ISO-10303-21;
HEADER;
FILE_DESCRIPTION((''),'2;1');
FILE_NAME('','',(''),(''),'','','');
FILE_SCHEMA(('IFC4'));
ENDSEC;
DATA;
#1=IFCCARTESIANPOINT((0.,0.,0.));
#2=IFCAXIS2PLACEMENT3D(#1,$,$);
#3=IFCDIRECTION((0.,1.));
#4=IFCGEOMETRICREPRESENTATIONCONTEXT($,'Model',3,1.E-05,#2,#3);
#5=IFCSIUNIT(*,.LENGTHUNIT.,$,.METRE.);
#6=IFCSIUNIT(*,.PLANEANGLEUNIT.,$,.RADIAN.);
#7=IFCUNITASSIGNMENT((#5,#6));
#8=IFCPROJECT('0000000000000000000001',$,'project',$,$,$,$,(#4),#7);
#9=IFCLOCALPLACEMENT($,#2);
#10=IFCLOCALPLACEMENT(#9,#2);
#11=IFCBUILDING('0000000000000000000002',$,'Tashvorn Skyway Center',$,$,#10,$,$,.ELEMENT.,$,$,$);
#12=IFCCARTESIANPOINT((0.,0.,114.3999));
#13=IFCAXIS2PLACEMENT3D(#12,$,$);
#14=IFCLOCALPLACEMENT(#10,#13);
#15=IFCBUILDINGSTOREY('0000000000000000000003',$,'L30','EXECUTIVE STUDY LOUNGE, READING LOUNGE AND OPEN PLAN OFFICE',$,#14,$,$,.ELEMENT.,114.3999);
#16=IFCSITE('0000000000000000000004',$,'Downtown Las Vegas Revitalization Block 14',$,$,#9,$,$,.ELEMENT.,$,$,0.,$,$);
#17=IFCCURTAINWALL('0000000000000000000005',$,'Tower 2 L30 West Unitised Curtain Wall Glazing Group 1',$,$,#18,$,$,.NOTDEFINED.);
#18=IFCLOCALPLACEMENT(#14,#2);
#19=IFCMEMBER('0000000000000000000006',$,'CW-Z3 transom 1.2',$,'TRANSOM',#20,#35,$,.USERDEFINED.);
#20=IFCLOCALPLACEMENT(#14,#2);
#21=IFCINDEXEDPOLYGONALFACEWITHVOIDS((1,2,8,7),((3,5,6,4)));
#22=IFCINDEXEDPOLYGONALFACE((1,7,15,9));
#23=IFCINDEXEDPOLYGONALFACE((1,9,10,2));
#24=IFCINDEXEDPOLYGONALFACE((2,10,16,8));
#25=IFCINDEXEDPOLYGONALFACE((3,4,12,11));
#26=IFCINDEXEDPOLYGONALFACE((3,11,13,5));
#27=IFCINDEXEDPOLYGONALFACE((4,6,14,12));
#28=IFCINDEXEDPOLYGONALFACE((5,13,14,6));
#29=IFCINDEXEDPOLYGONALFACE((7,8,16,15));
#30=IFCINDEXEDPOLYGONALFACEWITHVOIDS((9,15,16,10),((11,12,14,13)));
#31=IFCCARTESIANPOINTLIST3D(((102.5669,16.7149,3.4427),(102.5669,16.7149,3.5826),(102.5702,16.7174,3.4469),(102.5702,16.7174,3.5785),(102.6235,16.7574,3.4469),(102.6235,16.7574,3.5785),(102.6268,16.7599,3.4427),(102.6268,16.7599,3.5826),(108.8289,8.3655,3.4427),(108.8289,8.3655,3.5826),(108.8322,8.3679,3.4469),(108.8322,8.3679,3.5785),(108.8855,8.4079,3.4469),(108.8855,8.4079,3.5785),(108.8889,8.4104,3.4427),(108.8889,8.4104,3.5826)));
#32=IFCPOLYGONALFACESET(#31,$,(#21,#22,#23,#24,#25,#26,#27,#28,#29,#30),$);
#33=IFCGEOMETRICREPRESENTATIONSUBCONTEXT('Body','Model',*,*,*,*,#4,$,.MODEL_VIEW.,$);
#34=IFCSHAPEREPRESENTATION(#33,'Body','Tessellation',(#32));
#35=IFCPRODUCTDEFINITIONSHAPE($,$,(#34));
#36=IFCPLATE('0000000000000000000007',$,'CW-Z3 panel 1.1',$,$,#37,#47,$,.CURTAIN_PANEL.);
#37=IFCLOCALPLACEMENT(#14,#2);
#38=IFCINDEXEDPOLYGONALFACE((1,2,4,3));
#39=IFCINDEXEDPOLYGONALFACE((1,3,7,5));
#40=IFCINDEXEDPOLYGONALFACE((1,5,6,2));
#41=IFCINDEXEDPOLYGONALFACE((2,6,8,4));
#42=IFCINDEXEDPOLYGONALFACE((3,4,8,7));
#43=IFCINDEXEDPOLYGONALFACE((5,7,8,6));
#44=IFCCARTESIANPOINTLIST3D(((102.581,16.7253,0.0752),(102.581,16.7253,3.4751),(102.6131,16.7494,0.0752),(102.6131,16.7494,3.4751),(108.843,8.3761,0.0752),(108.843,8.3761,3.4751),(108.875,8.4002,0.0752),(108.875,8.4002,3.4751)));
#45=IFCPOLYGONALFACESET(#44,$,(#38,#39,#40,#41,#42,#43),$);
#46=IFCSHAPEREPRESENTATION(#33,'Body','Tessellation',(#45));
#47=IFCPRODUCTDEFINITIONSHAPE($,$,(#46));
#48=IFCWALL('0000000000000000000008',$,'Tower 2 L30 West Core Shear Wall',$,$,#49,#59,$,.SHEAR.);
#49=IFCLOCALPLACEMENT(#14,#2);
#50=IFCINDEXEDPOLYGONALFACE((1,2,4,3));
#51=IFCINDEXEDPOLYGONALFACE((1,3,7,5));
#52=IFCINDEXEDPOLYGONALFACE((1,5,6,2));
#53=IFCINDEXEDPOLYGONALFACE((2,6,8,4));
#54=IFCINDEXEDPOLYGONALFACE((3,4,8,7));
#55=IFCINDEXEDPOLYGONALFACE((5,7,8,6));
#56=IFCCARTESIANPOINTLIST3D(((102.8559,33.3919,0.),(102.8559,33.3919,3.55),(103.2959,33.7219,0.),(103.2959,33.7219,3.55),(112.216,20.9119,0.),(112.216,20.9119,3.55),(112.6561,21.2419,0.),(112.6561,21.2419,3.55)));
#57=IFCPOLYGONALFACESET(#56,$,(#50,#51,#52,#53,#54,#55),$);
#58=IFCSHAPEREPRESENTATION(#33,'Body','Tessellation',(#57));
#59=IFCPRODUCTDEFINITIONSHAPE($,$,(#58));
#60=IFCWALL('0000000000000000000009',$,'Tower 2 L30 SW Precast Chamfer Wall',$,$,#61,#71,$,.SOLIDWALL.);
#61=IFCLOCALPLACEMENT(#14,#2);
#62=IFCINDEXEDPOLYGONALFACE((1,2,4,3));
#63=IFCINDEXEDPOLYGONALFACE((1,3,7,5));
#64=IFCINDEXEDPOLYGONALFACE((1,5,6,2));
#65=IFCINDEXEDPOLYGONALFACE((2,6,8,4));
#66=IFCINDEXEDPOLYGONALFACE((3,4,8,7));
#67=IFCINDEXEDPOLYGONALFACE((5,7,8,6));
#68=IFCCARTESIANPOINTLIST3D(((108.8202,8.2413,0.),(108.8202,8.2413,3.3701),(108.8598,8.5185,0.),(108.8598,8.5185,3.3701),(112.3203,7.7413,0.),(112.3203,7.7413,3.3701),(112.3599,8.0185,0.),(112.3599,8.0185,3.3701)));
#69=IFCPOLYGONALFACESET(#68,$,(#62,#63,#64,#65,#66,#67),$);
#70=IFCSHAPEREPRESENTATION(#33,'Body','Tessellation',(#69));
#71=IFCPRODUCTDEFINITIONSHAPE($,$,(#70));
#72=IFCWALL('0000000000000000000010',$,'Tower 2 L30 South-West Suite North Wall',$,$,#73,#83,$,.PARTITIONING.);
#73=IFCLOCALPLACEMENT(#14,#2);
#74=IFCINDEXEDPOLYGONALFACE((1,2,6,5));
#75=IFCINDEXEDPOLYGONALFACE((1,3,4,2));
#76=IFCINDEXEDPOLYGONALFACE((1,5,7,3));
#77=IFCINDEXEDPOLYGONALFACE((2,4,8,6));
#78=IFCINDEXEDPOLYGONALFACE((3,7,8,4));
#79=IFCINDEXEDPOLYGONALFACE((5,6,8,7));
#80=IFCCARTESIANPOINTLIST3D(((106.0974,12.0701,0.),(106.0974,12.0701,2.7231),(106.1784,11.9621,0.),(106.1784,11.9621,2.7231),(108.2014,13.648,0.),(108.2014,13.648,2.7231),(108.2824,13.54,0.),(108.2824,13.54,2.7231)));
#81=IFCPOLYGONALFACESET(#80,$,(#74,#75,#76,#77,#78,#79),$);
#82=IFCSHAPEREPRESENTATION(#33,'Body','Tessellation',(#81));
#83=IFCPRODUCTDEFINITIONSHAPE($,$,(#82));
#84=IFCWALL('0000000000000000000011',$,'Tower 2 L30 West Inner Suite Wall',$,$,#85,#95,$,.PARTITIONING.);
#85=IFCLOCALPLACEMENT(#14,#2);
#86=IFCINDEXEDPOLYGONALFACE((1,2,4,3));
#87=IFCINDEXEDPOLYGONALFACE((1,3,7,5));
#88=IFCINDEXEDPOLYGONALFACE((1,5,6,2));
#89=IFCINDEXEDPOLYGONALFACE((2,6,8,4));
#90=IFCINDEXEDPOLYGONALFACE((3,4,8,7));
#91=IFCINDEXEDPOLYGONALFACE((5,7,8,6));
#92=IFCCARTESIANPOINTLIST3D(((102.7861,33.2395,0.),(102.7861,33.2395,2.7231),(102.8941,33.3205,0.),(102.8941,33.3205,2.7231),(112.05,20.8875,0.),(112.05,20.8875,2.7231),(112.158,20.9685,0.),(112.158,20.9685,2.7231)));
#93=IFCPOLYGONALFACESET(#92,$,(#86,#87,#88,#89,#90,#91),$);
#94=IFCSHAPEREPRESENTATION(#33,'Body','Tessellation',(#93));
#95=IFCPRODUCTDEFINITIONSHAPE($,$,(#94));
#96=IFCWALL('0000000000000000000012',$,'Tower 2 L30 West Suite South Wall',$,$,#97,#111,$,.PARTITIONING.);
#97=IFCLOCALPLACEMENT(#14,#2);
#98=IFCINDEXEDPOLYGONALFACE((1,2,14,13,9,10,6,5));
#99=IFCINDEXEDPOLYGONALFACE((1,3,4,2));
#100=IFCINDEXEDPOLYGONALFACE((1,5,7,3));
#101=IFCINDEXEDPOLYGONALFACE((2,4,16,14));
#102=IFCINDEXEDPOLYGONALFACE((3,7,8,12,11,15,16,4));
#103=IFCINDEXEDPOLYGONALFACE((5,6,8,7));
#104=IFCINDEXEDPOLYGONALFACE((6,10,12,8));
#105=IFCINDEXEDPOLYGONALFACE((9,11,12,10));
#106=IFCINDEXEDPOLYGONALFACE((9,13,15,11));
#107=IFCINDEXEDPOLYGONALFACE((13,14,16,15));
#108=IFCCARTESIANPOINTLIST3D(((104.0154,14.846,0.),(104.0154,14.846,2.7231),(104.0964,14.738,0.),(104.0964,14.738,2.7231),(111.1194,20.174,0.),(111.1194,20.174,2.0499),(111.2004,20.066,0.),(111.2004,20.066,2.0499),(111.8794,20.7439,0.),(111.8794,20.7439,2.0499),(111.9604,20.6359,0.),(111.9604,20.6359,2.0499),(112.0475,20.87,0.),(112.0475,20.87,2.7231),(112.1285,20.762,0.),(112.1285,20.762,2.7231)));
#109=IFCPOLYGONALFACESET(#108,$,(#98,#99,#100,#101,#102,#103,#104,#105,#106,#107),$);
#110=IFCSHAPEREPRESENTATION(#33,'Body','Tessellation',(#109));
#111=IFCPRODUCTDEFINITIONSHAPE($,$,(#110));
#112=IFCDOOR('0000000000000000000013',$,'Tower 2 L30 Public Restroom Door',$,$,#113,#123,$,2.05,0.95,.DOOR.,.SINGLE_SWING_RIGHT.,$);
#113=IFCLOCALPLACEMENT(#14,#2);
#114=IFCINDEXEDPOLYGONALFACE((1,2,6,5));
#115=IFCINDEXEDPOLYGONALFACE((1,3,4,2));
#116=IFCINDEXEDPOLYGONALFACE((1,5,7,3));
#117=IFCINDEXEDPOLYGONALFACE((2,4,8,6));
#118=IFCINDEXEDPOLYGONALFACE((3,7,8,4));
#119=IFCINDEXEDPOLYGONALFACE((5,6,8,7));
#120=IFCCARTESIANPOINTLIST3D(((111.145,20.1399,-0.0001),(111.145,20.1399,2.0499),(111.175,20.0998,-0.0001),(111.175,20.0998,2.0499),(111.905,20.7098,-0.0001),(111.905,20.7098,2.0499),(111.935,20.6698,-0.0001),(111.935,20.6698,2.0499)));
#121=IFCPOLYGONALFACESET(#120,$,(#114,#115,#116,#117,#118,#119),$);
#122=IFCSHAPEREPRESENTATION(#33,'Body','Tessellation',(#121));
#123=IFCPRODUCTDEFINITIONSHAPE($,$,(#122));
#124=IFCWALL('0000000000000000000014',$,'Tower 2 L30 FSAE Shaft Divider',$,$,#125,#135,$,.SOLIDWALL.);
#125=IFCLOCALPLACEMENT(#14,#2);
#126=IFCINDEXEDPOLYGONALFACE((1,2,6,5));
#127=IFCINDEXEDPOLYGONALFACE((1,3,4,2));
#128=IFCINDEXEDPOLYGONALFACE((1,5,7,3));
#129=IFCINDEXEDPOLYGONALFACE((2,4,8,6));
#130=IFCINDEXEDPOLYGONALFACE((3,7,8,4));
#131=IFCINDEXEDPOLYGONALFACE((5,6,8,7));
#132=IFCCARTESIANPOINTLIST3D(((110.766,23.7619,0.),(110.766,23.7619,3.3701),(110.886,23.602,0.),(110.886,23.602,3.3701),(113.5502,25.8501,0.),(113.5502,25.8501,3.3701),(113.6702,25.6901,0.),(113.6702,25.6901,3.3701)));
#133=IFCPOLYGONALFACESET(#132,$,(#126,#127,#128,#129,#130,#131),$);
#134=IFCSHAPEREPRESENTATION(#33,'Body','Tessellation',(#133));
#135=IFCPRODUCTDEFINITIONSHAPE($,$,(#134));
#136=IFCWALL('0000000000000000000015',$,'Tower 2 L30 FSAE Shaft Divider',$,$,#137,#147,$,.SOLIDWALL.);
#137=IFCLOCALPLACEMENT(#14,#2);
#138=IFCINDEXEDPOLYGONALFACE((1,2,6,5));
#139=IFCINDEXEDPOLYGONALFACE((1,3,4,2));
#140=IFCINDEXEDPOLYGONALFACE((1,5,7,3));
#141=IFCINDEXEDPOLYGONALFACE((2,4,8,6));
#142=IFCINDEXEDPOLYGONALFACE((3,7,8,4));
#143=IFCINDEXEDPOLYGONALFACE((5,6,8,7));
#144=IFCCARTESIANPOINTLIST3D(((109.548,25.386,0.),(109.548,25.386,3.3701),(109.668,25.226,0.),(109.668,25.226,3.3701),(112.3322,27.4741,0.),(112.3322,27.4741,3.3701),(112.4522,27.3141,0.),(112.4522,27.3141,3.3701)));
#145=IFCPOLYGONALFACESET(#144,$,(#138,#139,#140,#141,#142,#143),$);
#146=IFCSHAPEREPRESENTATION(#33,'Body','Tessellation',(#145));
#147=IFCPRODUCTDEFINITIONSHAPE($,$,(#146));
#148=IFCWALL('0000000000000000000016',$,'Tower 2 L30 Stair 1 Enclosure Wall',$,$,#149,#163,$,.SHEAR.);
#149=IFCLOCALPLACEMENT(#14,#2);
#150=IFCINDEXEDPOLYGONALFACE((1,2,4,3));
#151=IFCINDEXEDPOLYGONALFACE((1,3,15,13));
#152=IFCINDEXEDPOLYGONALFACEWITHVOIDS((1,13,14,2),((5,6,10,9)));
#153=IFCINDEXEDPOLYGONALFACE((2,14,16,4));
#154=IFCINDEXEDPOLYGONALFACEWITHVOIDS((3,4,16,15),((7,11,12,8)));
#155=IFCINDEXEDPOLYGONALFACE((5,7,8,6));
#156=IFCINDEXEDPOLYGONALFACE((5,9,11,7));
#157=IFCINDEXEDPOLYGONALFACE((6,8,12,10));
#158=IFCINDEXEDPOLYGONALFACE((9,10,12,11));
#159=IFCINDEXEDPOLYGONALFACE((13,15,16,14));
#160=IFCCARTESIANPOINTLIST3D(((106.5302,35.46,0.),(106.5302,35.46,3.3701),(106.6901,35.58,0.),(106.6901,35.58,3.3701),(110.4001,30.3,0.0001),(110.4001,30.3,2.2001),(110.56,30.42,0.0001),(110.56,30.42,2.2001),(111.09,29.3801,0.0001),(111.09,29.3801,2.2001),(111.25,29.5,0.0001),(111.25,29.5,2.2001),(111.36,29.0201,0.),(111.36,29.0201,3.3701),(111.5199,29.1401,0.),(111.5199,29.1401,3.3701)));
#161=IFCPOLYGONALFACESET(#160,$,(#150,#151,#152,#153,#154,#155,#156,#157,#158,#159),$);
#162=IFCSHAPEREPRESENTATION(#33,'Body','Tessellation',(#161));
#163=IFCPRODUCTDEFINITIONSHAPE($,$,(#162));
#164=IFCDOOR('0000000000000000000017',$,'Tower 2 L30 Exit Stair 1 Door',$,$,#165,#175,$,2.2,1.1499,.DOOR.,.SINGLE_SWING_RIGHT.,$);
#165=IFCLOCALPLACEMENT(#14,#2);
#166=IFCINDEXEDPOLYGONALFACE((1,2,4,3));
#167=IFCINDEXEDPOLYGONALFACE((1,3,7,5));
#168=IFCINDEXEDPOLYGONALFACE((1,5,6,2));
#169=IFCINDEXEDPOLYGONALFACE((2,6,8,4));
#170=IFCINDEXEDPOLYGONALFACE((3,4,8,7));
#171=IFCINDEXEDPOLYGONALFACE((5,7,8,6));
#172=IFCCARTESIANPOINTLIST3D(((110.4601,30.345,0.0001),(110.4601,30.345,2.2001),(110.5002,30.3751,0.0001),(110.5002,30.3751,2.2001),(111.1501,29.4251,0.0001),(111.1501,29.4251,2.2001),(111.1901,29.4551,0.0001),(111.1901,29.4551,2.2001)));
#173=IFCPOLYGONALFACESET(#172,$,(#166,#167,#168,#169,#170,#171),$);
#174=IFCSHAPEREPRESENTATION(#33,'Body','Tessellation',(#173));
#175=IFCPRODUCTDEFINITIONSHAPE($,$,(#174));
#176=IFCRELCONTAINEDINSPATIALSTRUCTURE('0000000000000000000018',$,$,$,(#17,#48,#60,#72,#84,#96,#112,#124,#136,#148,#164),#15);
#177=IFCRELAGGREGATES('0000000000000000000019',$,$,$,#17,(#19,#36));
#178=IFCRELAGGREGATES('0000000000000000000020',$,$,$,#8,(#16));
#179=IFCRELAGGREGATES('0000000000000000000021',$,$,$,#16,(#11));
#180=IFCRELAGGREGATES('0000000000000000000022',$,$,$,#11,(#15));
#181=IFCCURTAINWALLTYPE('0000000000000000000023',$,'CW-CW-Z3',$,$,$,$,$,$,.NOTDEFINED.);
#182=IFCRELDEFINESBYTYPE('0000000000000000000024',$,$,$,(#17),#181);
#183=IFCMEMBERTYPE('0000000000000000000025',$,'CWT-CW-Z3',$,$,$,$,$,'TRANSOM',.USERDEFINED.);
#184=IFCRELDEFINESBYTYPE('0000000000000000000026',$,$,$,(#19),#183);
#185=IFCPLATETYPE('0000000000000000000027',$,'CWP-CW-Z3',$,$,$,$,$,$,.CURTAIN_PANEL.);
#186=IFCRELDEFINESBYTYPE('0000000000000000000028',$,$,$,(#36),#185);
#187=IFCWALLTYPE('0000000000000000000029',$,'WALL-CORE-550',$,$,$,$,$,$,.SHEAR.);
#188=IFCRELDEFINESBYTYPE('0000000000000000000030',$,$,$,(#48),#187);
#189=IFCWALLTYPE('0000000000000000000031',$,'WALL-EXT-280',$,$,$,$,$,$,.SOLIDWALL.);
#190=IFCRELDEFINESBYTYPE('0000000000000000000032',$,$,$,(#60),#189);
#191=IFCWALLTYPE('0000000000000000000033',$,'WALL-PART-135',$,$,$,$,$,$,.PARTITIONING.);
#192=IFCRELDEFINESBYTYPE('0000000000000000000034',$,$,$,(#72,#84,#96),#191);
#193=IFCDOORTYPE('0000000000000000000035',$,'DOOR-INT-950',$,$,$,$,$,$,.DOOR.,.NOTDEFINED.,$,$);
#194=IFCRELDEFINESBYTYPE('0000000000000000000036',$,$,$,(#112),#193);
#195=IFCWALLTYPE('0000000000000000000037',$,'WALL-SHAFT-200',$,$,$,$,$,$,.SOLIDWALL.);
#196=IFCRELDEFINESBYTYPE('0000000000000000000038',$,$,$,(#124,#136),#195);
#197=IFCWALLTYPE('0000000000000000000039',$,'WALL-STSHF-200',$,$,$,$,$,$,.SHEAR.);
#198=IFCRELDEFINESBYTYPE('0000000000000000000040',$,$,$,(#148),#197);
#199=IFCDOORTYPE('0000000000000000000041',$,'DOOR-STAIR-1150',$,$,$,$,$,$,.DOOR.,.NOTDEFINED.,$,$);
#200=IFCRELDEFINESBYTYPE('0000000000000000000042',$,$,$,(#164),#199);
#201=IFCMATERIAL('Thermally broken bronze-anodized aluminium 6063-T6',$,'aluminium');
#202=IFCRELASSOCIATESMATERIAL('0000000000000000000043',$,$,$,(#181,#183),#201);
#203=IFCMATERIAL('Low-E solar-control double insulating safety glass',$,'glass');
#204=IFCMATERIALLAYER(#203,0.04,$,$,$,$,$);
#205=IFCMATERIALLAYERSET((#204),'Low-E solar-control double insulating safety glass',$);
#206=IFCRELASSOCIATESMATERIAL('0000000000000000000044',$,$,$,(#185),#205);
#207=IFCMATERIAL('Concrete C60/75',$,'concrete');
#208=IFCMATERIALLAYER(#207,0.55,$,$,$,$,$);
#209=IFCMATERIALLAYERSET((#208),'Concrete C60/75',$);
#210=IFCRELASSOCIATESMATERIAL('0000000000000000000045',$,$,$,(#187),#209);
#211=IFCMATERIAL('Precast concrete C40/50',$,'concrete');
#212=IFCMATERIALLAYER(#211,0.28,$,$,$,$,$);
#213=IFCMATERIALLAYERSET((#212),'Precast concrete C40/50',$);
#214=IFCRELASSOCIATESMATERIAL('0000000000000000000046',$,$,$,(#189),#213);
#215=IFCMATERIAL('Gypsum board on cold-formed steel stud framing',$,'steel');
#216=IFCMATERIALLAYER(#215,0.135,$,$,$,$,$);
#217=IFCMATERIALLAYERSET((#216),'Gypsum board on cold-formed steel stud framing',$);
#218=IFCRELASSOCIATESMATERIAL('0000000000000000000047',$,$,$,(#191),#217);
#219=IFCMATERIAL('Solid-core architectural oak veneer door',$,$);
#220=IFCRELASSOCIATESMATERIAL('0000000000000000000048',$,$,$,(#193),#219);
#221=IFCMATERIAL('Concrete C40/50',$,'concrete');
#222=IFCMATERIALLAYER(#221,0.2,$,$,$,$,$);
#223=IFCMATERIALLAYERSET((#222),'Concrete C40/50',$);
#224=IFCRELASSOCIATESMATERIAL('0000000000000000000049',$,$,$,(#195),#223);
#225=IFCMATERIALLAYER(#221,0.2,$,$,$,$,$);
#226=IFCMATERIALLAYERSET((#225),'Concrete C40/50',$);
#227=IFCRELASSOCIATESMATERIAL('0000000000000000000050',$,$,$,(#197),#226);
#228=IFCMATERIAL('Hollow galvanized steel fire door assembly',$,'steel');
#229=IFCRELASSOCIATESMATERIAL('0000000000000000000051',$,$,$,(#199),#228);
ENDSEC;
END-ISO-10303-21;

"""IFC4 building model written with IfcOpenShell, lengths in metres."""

from ifc_helpers import new_model, si_unit, direction, frame, frame_2d, origin, origin_2d, place, context, subcontext, project, spatial, rectangle, hollow_rectangle, extrude, material, layer, layer_set, material_profile, profile_set, type_object, element, fill, aggregate, save


model = new_model("IFC4")

# Units and contexts
model_context = context("Model", 3, precision=1e-05, world=origin(), true_north=direction((0.0, 1.0)))
body_context = subcontext(model_context, "Body", "Model", "MODEL_VIEW")
ifc_project = project(units=[si_unit("LENGTHUNIT", "METRE"), si_unit("PLANEANGLEUNIT", "RADIAN")], contexts=[model_context])

# Site, building, storey
site_placement = place(None, origin())
site = spatial("IfcSite", under=ifc_project, at=site_placement, Name="Downtown Las Vegas Revitalization Block 14", CompositionType="ELEMENT", RefElevation=0.0)
building_placement = place(site_placement, origin())
building = spatial("IfcBuilding", under=site, at=building_placement, Name="Tashvorn Skyway Center", CompositionType="ELEMENT")
storey_placement = place(building_placement, frame((0.0, 0.0, 114.3999)))
storey = spatial("IfcBuildingStorey", under=building, at=storey_placement, Name="L30", Description="EXECUTIVE STUDY LOUNGE, READING LOUNGE AND OPEN PLAN OFFICE", CompositionType="ELEMENT", Elevation=114.3999)

# Shared definitions
ifc_material_1 = material(Name="Concrete C60/75", Category="concrete")

# Shared definitions
ifc_material_2 = material(Name="Thermally broken bronze-anodized aluminium 6063-T6", Category="aluminium")
curtain_wall_type = type_object("IfcCurtainWallType", Name="CW-CW-Z3", PredefinedType="NOTDEFINED", material=ifc_material_2)

# Curtain wall, member, plate
curtain_wall_1_placement = place(storey_placement, origin())
curtain_wall_1 = element("IfcCurtainWall", 1, at=curtain_wall_1_placement, inside=storey, type_object=curtain_wall_type, Name="Tower 2 L30 West Unitised Curtain Wall Glazing Group 1", PredefinedType="NOTDEFINED")
ifc_material_profile_1 = material_profile(ifc_material_2, hollow_rectangle(XDim=0.075, YDim=0.1399, WallThickness=0.0042, at=origin_2d()), Name="ALU-TRAN-75x140")
ifc_profile_set_1 = profile_set([ifc_material_profile_1], Name="Thermally broken bronze-anodized aluminium 6063-T6")
member_type_1 = type_object("IfcMemberType", Name="CWT-CW-Z3", ElementType="TRANSOM", PredefinedType="USERDEFINED", material=ifc_profile_set_1)
member_1_placement = place(storey_placement, frame((108.8589, 8.3879, 3.5127), z_axis=(-0.599996, 0.800003, 0.0), x_axis=(-0.800003, -0.599996, 0.0)))
member_1 = element("IfcMember", 2, at=member_1_placement, type_object=member_type_1, Name="CW-Z3 transom 1.2", ObjectType="TRANSOM", PredefinedType="USERDEFINED", context=body_context, shape_type="SweptSolid", body=[
    extrude(hollow_rectangle(XDim=0.075, YDim=0.1399, WallThickness=0.0042, at=origin_2d()), origin(), (0.0, 0.0, 1.0), 10.4368),
])
ifc_material_3 = material(Name="Low-E solar-control double insulating safety glass", Category="glass")
ifc_layer_1 = layer(ifc_material_3, 0.04)
ifc_layer_set_1 = layer_set([ifc_layer_1], Name="Low-E solar-control double insulating safety glass")
plate_type = type_object("IfcPlateType", Name="CWP-CW-Z3", PredefinedType="CURTAIN_PANEL", material=ifc_layer_set_1)
plate_placement = place(storey_placement, frame((105.728, 12.5627, 0.0752), z_axis=(0.0, 0.0, 1.0), x_axis=(-0.600002, 0.799999, 0.0)))
plate = element("IfcPlate", 3, at=plate_placement, type_object=plate_type, Name="CW-Z3 panel 1.1", PredefinedType="CURTAIN_PANEL", context=body_context, shape_type="SweptSolid", body=[
    extrude(rectangle(XDim=10.4365, YDim=0.04, at=origin_2d()), origin(), (0.0, 0.0, 1.0), 3.3999),
])
aggregate(curtain_wall_1, [member_1, plate])

# Walls
ifc_layer_2 = layer(ifc_material_1, 0.55)
ifc_layer_set_2 = layer_set([ifc_layer_2], Name="Concrete C60/75")
wall_type_1 = type_object("IfcWallType", Name="WALL-CORE-550", PredefinedType="SHEAR", material=ifc_layer_set_2)
wall_1_placement = place(storey_placement, frame((112.436, 21.0769, 0.0), z_axis=(0.0, 0.0, 1.0), x_axis=(-0.600005, 0.799996, 0.0)))
element("IfcWall", 4, at=wall_1_placement, inside=storey, type_object=wall_type_1, Name="Tower 2 L30 West Core Shear Wall", PredefinedType="SHEAR", context=body_context, shape_type="SweptSolid", body=[
    extrude(rectangle(XDim=15.6001, YDim=0.55, at=frame_2d((7.8, 0.0))), origin(), (0.0, 0.0, 1.0), 3.55),
])
ifc_material_4 = material(Name="Precast concrete C40/50", Category="concrete")
ifc_layer_3 = layer(ifc_material_4, 0.28)
ifc_layer_set_3 = layer_set([ifc_layer_3], Name="Precast concrete C40/50")
wall_type_2 = type_object("IfcWallType", Name="WALL-EXT-280", PredefinedType="SOLIDWALL", material=ifc_layer_set_3)
wall_2_placement = place(storey_placement, frame((112.3401, 7.8799, 0.0), z_axis=(0.0, 0.0, 1.0), x_axis=(-0.989949, 0.141421, 0.0)))
element("IfcWall", 5, at=wall_2_placement, inside=storey, type_object=wall_type_2, Name="Tower 2 L30 SW Precast Chamfer Wall", PredefinedType="SOLIDWALL", context=body_context, shape_type="SweptSolid", body=[
    extrude(rectangle(XDim=3.5356, YDim=0.28, at=frame_2d((1.7678, 0.0))), origin(), (0.0, 0.0, 1.0), 3.3701),
])
ifc_material_5 = material(Name="Gypsum board on cold-formed steel stud framing", Category="steel")
ifc_layer_4 = layer(ifc_material_5, 0.135)
ifc_layer_set_4 = layer_set([ifc_layer_4], Name="Gypsum board on cold-formed steel stud framing")
wall_type_3 = type_object("IfcWallType", Name="WALL-PART-135", PredefinedType="PARTITIONING", material=ifc_layer_set_4)
wall_3_placement = place(storey_placement, frame((106.1379, 12.0161, 0.0), z_axis=(0.0, 0.0, 1.0), x_axis=(0.800022, 0.59997, 0.0)))
element("IfcWall", 6, at=wall_3_placement, inside=storey, type_object=wall_type_3, Name="Tower 2 L30 South-West Suite North Wall", PredefinedType="PARTITIONING", context=body_context, shape_type="SweptSolid", body=[
    extrude(rectangle(XDim=2.6299, YDim=0.135, at=frame_2d((1.3149, 0.0))), origin(), (0.0, 0.0, 1.0), 2.7231),
])
wall_4_placement = place(storey_placement, frame((112.104, 20.928, 0.0), z_axis=(0.0, 0.0, 1.0), x_axis=(-0.599995, 0.800004, 0.0)))
element("IfcWall", 7, at=wall_4_placement, inside=storey, type_object=wall_type_3, Name="Tower 2 L30 West Inner Suite Wall", PredefinedType="PARTITIONING", context=body_context, shape_type="SweptSolid", body=[
    extrude(rectangle(XDim=15.4399, YDim=0.135, at=frame_2d((7.72, 0.0))), origin(), (0.0, 0.0, 1.0), 2.7231),
])

# Wall, opening, door
wall_5_placement = place(storey_placement, frame((104.0559, 14.792, 0.0), z_axis=(0.0, 0.0, 1.0), x_axis=(0.800003, 0.599996, 0.0)))
wall_5 = element("IfcWall", 8, at=wall_5_placement, inside=storey, type_object=wall_type_3, Name="Tower 2 L30 West Suite South Wall", PredefinedType="PARTITIONING", context=body_context, shape_type="SweptSolid", body=[
    extrude(rectangle(XDim=10.04, YDim=0.135, at=frame_2d((5.02, 0.0))), origin(), (0.0, 0.0, 1.0), 2.7231),
])
opening_1_placement = place(wall_5_placement, frame((8.8799, 0.0, 0.0)))
opening_1 = element("IfcOpeningElement", 9, at=opening_1_placement, cuts=wall_5, PredefinedType="OPENING", context=body_context, shape_type="SweptSolid", body=[
    extrude(rectangle(XDim=0.95, YDim=2.05, at=frame_2d((0.4751, 1.0249))), frame((0.0, 0.0774, 0.0), z_axis=(0.0, -1.0, 0.0), x_axis=(1.0, 0.0, 0.0)), (0.0, 0.0, 1.0), 0.155),
])
ifc_material_6 = material(Name="Solid-core architectural oak veneer door")
door_type_1 = type_object("IfcDoorType", Name="DOOR-INT-950", OperationType="NOTDEFINED", PredefinedType="DOOR", material=ifc_material_6)
door_1_placement = place(opening_1_placement, origin())
door_1 = element("IfcDoor", 10, at=door_1_placement, inside=storey, type_object=door_type_1, Name="Tower 2 L30 Public Restroom Door", OperationType="SINGLE_SWING_RIGHT", OverallHeight=2.05, OverallWidth=0.95, PredefinedType="DOOR", context=body_context, shape_type="SweptSolid", body=[
    extrude(rectangle(XDim=0.95, YDim=2.05, at=frame_2d((0.4751, 1.0249))), frame((0.0, 0.0249, 0.0), z_axis=(0.0, -1.0, 0.0), x_axis=(1.0, 0.0, 0.0)), (0.0, 0.0, 1.0), 0.05),
])
fill(opening_1, door_1)

# Walls
ifc_material_7 = material(Name="Concrete C40/50", Category="concrete")
ifc_layer_5 = layer(ifc_material_7, 0.2)
ifc_layer_set_5 = layer_set([ifc_layer_5], Name="Concrete C40/50")
wall_type_4 = type_object("IfcWallType", Name="WALL-SHAFT-200", PredefinedType="SOLIDWALL", material=ifc_layer_set_5)
for number, where, z_axis, x_axis, name in (
    (11, (110.8259, 23.6819, 0.0), (0.0, 0.0, 1.0), (0.8, 0.6, 0.0), "Tower 2 L30 FSAE Shaft Divider"),
    (12, (109.6079, 25.3059, 0.0), (0.0, 0.0, 1.0), (0.8, 0.6, 0.0), "Tower 2 L30 FSAE Shaft Divider"),
):
    element("IfcWall", number, at=place(storey_placement, frame(where, z_axis=z_axis, x_axis=x_axis)), inside=storey, type_object=wall_type_4, Name=name, PredefinedType="SOLIDWALL", context=body_context, shape_type="SweptSolid", body=[
        extrude(rectangle(XDim=3.4802, YDim=0.2, at=frame_2d((1.7402, 0.0))), origin(), (0.0, 0.0, 1.0), 3.3701),
    ])

# Wall, opening, door
ifc_layer_6 = layer(ifc_material_7, 0.2)
ifc_layer_set_6 = layer_set([ifc_layer_6], Name="Concrete C40/50")
wall_type_5 = type_object("IfcWallType", Name="WALL-STSHF-200", PredefinedType="SHEAR", material=ifc_layer_set_6)
wall_6_placement = place(storey_placement, frame((111.4399, 29.0801, 0.0), z_axis=(0.0, 0.0, 1.0), x_axis=(-0.59999, 0.800007, 0.0)))
wall_6 = element("IfcWall", 13, at=wall_6_placement, inside=storey, type_object=wall_type_5, Name="Tower 2 L30 Stair 1 Enclosure Wall", PredefinedType="SHEAR", context=body_context, shape_type="SweptSolid", body=[
    extrude(rectangle(XDim=8.0498, YDim=0.2, at=frame_2d((4.0249, 0.0))), origin(), (0.0, 0.0, 1.0), 3.3701),
])
opening_2_placement = place(wall_6_placement, frame((0.45, 0.0, 0.0)))
opening_2 = element("IfcOpeningElement", 14, at=opening_2_placement, cuts=wall_6, PredefinedType="OPENING", context=body_context, shape_type="SweptSolid", body=[
    extrude(rectangle(XDim=1.1499, YDim=2.2, at=frame_2d((0.575, 1.1001))), frame((0.0, 0.1099, 0.0), z_axis=(0.0, -1.0, 0.0), x_axis=(1.0, 0.0, 0.0)), (0.0, 0.0, 1.0), 0.22),
])
ifc_material_8 = material(Name="Hollow galvanized steel fire door assembly", Category="steel")
door_type_2 = type_object("IfcDoorType", Name="DOOR-STAIR-1150", OperationType="NOTDEFINED", PredefinedType="DOOR", material=ifc_material_8)
door_2_placement = place(opening_2_placement, origin())
door_2 = element("IfcDoor", 15, at=door_2_placement, inside=storey, type_object=door_type_2, Name="Tower 2 L30 Exit Stair 1 Door", OperationType="SINGLE_SWING_RIGHT", OverallHeight=2.2, OverallWidth=1.1499, PredefinedType="DOOR", context=body_context, shape_type="SweptSolid", body=[
    extrude(rectangle(XDim=1.1499, YDim=2.2, at=frame_2d((0.575, 1.1001))), frame((0.0, 0.0249, 0.0), z_axis=(0.0, -1.0, 0.0), x_axis=(1.0, 0.0, 0.0)), (0.0, 0.0, 1.0), 0.05),
])
fill(opening_2, door_2)

save(model, "model.ifc")
